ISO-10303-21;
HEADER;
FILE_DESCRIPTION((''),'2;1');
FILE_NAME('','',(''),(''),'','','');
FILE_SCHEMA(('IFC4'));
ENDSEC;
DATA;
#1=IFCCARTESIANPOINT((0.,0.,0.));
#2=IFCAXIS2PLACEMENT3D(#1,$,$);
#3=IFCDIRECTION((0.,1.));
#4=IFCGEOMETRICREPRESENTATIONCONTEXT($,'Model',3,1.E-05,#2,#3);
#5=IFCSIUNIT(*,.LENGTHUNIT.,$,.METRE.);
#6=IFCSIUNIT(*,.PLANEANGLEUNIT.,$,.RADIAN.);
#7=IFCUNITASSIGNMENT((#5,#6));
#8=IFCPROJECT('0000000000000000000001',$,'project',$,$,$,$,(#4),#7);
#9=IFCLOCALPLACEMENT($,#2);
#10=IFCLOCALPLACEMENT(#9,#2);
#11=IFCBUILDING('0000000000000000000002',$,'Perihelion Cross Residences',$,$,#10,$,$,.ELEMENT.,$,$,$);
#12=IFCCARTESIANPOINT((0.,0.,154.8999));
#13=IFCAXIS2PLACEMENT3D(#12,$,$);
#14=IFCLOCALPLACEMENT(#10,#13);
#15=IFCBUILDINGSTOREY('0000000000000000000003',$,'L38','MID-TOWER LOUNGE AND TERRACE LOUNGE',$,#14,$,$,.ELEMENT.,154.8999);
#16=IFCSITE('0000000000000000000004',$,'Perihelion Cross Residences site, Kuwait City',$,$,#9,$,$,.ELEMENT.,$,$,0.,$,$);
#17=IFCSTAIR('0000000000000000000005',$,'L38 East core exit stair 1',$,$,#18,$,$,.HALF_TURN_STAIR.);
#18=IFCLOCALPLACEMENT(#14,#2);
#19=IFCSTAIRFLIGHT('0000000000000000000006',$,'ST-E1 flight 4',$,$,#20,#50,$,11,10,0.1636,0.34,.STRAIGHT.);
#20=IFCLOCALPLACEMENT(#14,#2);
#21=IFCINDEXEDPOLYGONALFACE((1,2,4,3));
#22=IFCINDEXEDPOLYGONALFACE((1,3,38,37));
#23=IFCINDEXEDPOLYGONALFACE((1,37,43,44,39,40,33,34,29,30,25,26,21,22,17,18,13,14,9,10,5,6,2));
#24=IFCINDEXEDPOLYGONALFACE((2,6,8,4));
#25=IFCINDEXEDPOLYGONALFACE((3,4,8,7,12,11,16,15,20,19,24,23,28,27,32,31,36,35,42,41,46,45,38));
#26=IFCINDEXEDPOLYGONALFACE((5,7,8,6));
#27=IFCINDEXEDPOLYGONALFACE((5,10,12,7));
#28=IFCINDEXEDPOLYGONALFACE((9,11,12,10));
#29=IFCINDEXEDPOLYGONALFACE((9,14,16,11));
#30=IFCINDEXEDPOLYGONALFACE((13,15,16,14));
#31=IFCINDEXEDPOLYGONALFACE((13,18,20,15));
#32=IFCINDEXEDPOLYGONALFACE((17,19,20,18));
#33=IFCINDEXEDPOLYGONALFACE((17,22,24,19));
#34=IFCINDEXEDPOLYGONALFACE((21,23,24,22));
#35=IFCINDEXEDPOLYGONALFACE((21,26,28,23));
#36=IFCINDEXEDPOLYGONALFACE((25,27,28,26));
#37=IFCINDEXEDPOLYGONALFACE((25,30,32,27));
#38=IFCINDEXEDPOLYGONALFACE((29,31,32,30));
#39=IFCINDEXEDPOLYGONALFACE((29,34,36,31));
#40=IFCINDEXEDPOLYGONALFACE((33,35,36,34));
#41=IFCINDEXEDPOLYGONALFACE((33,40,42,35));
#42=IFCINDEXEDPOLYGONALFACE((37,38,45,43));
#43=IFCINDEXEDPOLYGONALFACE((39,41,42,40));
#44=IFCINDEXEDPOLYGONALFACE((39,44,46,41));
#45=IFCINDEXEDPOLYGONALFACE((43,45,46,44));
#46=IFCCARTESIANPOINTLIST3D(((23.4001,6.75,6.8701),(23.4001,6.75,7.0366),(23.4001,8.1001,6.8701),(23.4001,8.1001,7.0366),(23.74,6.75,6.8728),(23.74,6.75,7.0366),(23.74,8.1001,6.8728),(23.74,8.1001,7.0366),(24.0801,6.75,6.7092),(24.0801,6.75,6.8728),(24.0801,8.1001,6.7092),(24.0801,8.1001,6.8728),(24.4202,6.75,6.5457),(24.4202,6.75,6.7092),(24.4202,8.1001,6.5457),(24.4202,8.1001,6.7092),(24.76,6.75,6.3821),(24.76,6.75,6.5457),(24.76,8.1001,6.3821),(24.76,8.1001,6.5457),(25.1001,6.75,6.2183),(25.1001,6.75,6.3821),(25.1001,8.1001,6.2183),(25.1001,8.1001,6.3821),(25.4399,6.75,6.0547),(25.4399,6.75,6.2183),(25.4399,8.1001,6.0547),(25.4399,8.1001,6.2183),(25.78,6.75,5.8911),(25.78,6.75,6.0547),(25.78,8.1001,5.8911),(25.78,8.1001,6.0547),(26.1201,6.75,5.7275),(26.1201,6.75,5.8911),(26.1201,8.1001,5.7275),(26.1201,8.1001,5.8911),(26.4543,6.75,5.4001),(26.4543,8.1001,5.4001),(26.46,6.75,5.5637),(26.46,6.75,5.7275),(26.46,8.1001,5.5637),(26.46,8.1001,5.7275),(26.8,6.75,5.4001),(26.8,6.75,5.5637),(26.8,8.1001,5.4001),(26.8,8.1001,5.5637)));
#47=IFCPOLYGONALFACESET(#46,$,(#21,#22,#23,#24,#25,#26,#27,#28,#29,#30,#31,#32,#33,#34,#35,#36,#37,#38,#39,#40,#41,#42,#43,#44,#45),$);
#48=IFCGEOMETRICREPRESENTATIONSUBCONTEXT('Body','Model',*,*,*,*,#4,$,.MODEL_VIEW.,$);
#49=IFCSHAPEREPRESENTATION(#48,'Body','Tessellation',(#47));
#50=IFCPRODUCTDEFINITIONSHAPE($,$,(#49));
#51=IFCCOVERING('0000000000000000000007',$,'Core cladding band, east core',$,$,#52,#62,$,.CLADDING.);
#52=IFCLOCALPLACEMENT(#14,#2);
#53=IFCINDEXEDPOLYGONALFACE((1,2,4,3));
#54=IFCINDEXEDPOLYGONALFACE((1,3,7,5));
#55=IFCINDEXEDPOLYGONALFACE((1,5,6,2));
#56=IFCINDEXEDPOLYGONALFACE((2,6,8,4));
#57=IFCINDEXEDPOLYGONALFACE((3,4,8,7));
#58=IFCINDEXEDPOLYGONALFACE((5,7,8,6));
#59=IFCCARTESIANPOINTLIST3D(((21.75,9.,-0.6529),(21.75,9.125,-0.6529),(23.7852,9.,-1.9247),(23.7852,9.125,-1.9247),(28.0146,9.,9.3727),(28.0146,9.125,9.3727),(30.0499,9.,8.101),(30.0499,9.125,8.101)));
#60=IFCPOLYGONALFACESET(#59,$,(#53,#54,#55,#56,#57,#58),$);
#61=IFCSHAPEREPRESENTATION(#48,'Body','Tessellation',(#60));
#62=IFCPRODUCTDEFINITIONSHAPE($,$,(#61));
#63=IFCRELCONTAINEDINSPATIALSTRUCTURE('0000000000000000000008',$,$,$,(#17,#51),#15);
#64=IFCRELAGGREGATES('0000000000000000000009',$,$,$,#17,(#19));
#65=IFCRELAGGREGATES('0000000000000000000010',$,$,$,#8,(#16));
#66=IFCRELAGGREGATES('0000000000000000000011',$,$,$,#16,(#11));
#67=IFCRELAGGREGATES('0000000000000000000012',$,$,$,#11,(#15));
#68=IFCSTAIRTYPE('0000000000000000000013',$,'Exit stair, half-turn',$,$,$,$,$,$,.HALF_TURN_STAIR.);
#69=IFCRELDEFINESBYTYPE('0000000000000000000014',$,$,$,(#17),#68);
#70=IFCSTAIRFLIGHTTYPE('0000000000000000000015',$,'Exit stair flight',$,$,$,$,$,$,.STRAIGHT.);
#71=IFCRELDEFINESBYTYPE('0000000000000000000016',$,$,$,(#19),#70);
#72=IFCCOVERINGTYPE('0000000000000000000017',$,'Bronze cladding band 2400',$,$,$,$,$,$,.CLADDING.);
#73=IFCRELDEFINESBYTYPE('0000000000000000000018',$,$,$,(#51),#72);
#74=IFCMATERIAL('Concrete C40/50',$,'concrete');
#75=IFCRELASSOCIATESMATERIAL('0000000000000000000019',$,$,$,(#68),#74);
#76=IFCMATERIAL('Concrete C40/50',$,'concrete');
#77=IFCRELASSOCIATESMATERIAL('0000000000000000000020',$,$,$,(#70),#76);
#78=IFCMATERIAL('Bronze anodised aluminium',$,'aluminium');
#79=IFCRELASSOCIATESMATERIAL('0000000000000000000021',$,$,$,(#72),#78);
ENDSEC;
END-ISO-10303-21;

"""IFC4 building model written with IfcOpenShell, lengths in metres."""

from ifc_helpers import new_model, si_unit, direction, frame, origin, origin_2d, place, context, subcontext, project, spatial, polyline, rectangle, outline, extrude, material, material_profile, profile_set, type_object, element, aggregate, save


model = new_model("IFC4")

# Units and contexts
model_context = context("Model", 3, precision=1e-05, world=origin(), true_north=direction((0.0, 1.0)))
body_context = subcontext(model_context, "Body", "Model", "MODEL_VIEW")
ifc_project = project(units=[si_unit("LENGTHUNIT", "METRE"), si_unit("PLANEANGLEUNIT", "RADIAN")], contexts=[model_context])

# Site, building, storey
site_placement = place(None, origin())
site = spatial("IfcSite", under=ifc_project, at=site_placement, Name="Perihelion Cross Residences site, Kuwait City", CompositionType="ELEMENT", RefElevation=0.0)
building_placement = place(site_placement, origin())
building = spatial("IfcBuilding", under=site, at=building_placement, Name="Perihelion Cross Residences", CompositionType="ELEMENT")
storey_placement = place(building_placement, frame((0.0, 0.0, 154.8999)))
storey = spatial("IfcBuildingStorey", under=building, at=storey_placement, Name="L38", Description="MID-TOWER LOUNGE AND TERRACE LOUNGE", CompositionType="ELEMENT", Elevation=154.8999)

# Stair, stair flight
ifc_material_1 = material(Name="Concrete C40/50", Category="concrete")
stair_type = type_object("IfcStairType", Name="Exit stair, half-turn", PredefinedType="HALF_TURN_STAIR", material=ifc_material_1)
stair_placement = place(storey_placement, origin())
stair = element("IfcStair", 1, at=stair_placement, inside=storey, type_object=stair_type, Name="L38 East core exit stair 1", PredefinedType="HALF_TURN_STAIR")
ifc_material_2 = material(Name="Concrete C40/50", Category="concrete")
stair_flight_type = type_object("IfcStairFlightType", Name="Exit stair flight", PredefinedType="STRAIGHT", material=ifc_material_2)
stair_flight_1_placement = place(storey_placement, frame((26.8, 7.425, 5.4001), z_axis=(0.0, 0.0, 1.0), x_axis=(-1.0, 0.0, 0.0)))
stair_flight_1 = element("IfcStairFlight", 2, at=stair_flight_1_placement, type_object=stair_flight_type, Name="ST-E1 flight 4", NumberOfRisers=11, NumberOfTreads=10, PredefinedType="STRAIGHT", RiserHeight=0.1636, TreadLength=0.34, context=body_context, shape_type="SweptSolid", body=[
    extrude(outline(polyline([(0.0, 0.0), (0.0, 0.1636), (0.3401, 0.1636), (0.3401, 0.3274), (0.6799, 0.3274), (0.6799, 0.491), (1.02, 0.491), (1.02, 0.6545), (1.3601, 0.6545), (1.3601, 0.8181), (1.7, 0.8181), (1.7, 0.9819), (2.04, 0.9819), (2.04, 1.1455), (2.3799, 1.1455), (2.3799, 1.3091), (2.72, 1.3091), (2.72, 1.4727), (3.0601, 1.4727), (3.0601, 1.6365), (3.3999, 1.6365), (3.3999, 1.8), (3.3999, 1.47), (0.3457, 0.0), (0.0, 0.0)])), frame((0.0, 0.675, 0.0), z_axis=(0.0, -1.0, 0.0), x_axis=(1.0, 0.0, 0.0)), (0.0, 0.0, 1.0), 1.3501),
])
aggregate(stair, [stair_flight_1])

# Covering
ifc_material_3 = material(Name="Bronze anodised aluminium", Category="aluminium")
ifc_material_profile_1 = material_profile(ifc_material_3, rectangle(XDim=0.125, YDim=2.3999, at=origin_2d()), Name="Bronze cladding band 2400")
ifc_profile_set_1 = profile_set([ifc_material_profile_1], Name="Bronze anodised aluminium")
covering_type = type_object("IfcCoveringType", Name="Bronze cladding band 2400", PredefinedType="CLADDING", material=ifc_profile_set_1)
covering_placement = place(storey_placement, frame((22.7676, 9.0625, -1.2888), z_axis=(0.529915, 0.0, 0.848051), x_axis=(0.0, 1.0, 0.0)))
element("IfcCovering", 3, at=covering_placement, inside=storey, type_object=covering_type, Name="Core cladding band, east core", PredefinedType="CLADDING", context=body_context, shape_type="SweptSolid", body=[
    extrude(rectangle(XDim=0.125, YDim=2.3999, at=origin_2d()), origin(), (0.0, 0.0, 1.0), 11.822),
])

save(model, "model.ifc")
